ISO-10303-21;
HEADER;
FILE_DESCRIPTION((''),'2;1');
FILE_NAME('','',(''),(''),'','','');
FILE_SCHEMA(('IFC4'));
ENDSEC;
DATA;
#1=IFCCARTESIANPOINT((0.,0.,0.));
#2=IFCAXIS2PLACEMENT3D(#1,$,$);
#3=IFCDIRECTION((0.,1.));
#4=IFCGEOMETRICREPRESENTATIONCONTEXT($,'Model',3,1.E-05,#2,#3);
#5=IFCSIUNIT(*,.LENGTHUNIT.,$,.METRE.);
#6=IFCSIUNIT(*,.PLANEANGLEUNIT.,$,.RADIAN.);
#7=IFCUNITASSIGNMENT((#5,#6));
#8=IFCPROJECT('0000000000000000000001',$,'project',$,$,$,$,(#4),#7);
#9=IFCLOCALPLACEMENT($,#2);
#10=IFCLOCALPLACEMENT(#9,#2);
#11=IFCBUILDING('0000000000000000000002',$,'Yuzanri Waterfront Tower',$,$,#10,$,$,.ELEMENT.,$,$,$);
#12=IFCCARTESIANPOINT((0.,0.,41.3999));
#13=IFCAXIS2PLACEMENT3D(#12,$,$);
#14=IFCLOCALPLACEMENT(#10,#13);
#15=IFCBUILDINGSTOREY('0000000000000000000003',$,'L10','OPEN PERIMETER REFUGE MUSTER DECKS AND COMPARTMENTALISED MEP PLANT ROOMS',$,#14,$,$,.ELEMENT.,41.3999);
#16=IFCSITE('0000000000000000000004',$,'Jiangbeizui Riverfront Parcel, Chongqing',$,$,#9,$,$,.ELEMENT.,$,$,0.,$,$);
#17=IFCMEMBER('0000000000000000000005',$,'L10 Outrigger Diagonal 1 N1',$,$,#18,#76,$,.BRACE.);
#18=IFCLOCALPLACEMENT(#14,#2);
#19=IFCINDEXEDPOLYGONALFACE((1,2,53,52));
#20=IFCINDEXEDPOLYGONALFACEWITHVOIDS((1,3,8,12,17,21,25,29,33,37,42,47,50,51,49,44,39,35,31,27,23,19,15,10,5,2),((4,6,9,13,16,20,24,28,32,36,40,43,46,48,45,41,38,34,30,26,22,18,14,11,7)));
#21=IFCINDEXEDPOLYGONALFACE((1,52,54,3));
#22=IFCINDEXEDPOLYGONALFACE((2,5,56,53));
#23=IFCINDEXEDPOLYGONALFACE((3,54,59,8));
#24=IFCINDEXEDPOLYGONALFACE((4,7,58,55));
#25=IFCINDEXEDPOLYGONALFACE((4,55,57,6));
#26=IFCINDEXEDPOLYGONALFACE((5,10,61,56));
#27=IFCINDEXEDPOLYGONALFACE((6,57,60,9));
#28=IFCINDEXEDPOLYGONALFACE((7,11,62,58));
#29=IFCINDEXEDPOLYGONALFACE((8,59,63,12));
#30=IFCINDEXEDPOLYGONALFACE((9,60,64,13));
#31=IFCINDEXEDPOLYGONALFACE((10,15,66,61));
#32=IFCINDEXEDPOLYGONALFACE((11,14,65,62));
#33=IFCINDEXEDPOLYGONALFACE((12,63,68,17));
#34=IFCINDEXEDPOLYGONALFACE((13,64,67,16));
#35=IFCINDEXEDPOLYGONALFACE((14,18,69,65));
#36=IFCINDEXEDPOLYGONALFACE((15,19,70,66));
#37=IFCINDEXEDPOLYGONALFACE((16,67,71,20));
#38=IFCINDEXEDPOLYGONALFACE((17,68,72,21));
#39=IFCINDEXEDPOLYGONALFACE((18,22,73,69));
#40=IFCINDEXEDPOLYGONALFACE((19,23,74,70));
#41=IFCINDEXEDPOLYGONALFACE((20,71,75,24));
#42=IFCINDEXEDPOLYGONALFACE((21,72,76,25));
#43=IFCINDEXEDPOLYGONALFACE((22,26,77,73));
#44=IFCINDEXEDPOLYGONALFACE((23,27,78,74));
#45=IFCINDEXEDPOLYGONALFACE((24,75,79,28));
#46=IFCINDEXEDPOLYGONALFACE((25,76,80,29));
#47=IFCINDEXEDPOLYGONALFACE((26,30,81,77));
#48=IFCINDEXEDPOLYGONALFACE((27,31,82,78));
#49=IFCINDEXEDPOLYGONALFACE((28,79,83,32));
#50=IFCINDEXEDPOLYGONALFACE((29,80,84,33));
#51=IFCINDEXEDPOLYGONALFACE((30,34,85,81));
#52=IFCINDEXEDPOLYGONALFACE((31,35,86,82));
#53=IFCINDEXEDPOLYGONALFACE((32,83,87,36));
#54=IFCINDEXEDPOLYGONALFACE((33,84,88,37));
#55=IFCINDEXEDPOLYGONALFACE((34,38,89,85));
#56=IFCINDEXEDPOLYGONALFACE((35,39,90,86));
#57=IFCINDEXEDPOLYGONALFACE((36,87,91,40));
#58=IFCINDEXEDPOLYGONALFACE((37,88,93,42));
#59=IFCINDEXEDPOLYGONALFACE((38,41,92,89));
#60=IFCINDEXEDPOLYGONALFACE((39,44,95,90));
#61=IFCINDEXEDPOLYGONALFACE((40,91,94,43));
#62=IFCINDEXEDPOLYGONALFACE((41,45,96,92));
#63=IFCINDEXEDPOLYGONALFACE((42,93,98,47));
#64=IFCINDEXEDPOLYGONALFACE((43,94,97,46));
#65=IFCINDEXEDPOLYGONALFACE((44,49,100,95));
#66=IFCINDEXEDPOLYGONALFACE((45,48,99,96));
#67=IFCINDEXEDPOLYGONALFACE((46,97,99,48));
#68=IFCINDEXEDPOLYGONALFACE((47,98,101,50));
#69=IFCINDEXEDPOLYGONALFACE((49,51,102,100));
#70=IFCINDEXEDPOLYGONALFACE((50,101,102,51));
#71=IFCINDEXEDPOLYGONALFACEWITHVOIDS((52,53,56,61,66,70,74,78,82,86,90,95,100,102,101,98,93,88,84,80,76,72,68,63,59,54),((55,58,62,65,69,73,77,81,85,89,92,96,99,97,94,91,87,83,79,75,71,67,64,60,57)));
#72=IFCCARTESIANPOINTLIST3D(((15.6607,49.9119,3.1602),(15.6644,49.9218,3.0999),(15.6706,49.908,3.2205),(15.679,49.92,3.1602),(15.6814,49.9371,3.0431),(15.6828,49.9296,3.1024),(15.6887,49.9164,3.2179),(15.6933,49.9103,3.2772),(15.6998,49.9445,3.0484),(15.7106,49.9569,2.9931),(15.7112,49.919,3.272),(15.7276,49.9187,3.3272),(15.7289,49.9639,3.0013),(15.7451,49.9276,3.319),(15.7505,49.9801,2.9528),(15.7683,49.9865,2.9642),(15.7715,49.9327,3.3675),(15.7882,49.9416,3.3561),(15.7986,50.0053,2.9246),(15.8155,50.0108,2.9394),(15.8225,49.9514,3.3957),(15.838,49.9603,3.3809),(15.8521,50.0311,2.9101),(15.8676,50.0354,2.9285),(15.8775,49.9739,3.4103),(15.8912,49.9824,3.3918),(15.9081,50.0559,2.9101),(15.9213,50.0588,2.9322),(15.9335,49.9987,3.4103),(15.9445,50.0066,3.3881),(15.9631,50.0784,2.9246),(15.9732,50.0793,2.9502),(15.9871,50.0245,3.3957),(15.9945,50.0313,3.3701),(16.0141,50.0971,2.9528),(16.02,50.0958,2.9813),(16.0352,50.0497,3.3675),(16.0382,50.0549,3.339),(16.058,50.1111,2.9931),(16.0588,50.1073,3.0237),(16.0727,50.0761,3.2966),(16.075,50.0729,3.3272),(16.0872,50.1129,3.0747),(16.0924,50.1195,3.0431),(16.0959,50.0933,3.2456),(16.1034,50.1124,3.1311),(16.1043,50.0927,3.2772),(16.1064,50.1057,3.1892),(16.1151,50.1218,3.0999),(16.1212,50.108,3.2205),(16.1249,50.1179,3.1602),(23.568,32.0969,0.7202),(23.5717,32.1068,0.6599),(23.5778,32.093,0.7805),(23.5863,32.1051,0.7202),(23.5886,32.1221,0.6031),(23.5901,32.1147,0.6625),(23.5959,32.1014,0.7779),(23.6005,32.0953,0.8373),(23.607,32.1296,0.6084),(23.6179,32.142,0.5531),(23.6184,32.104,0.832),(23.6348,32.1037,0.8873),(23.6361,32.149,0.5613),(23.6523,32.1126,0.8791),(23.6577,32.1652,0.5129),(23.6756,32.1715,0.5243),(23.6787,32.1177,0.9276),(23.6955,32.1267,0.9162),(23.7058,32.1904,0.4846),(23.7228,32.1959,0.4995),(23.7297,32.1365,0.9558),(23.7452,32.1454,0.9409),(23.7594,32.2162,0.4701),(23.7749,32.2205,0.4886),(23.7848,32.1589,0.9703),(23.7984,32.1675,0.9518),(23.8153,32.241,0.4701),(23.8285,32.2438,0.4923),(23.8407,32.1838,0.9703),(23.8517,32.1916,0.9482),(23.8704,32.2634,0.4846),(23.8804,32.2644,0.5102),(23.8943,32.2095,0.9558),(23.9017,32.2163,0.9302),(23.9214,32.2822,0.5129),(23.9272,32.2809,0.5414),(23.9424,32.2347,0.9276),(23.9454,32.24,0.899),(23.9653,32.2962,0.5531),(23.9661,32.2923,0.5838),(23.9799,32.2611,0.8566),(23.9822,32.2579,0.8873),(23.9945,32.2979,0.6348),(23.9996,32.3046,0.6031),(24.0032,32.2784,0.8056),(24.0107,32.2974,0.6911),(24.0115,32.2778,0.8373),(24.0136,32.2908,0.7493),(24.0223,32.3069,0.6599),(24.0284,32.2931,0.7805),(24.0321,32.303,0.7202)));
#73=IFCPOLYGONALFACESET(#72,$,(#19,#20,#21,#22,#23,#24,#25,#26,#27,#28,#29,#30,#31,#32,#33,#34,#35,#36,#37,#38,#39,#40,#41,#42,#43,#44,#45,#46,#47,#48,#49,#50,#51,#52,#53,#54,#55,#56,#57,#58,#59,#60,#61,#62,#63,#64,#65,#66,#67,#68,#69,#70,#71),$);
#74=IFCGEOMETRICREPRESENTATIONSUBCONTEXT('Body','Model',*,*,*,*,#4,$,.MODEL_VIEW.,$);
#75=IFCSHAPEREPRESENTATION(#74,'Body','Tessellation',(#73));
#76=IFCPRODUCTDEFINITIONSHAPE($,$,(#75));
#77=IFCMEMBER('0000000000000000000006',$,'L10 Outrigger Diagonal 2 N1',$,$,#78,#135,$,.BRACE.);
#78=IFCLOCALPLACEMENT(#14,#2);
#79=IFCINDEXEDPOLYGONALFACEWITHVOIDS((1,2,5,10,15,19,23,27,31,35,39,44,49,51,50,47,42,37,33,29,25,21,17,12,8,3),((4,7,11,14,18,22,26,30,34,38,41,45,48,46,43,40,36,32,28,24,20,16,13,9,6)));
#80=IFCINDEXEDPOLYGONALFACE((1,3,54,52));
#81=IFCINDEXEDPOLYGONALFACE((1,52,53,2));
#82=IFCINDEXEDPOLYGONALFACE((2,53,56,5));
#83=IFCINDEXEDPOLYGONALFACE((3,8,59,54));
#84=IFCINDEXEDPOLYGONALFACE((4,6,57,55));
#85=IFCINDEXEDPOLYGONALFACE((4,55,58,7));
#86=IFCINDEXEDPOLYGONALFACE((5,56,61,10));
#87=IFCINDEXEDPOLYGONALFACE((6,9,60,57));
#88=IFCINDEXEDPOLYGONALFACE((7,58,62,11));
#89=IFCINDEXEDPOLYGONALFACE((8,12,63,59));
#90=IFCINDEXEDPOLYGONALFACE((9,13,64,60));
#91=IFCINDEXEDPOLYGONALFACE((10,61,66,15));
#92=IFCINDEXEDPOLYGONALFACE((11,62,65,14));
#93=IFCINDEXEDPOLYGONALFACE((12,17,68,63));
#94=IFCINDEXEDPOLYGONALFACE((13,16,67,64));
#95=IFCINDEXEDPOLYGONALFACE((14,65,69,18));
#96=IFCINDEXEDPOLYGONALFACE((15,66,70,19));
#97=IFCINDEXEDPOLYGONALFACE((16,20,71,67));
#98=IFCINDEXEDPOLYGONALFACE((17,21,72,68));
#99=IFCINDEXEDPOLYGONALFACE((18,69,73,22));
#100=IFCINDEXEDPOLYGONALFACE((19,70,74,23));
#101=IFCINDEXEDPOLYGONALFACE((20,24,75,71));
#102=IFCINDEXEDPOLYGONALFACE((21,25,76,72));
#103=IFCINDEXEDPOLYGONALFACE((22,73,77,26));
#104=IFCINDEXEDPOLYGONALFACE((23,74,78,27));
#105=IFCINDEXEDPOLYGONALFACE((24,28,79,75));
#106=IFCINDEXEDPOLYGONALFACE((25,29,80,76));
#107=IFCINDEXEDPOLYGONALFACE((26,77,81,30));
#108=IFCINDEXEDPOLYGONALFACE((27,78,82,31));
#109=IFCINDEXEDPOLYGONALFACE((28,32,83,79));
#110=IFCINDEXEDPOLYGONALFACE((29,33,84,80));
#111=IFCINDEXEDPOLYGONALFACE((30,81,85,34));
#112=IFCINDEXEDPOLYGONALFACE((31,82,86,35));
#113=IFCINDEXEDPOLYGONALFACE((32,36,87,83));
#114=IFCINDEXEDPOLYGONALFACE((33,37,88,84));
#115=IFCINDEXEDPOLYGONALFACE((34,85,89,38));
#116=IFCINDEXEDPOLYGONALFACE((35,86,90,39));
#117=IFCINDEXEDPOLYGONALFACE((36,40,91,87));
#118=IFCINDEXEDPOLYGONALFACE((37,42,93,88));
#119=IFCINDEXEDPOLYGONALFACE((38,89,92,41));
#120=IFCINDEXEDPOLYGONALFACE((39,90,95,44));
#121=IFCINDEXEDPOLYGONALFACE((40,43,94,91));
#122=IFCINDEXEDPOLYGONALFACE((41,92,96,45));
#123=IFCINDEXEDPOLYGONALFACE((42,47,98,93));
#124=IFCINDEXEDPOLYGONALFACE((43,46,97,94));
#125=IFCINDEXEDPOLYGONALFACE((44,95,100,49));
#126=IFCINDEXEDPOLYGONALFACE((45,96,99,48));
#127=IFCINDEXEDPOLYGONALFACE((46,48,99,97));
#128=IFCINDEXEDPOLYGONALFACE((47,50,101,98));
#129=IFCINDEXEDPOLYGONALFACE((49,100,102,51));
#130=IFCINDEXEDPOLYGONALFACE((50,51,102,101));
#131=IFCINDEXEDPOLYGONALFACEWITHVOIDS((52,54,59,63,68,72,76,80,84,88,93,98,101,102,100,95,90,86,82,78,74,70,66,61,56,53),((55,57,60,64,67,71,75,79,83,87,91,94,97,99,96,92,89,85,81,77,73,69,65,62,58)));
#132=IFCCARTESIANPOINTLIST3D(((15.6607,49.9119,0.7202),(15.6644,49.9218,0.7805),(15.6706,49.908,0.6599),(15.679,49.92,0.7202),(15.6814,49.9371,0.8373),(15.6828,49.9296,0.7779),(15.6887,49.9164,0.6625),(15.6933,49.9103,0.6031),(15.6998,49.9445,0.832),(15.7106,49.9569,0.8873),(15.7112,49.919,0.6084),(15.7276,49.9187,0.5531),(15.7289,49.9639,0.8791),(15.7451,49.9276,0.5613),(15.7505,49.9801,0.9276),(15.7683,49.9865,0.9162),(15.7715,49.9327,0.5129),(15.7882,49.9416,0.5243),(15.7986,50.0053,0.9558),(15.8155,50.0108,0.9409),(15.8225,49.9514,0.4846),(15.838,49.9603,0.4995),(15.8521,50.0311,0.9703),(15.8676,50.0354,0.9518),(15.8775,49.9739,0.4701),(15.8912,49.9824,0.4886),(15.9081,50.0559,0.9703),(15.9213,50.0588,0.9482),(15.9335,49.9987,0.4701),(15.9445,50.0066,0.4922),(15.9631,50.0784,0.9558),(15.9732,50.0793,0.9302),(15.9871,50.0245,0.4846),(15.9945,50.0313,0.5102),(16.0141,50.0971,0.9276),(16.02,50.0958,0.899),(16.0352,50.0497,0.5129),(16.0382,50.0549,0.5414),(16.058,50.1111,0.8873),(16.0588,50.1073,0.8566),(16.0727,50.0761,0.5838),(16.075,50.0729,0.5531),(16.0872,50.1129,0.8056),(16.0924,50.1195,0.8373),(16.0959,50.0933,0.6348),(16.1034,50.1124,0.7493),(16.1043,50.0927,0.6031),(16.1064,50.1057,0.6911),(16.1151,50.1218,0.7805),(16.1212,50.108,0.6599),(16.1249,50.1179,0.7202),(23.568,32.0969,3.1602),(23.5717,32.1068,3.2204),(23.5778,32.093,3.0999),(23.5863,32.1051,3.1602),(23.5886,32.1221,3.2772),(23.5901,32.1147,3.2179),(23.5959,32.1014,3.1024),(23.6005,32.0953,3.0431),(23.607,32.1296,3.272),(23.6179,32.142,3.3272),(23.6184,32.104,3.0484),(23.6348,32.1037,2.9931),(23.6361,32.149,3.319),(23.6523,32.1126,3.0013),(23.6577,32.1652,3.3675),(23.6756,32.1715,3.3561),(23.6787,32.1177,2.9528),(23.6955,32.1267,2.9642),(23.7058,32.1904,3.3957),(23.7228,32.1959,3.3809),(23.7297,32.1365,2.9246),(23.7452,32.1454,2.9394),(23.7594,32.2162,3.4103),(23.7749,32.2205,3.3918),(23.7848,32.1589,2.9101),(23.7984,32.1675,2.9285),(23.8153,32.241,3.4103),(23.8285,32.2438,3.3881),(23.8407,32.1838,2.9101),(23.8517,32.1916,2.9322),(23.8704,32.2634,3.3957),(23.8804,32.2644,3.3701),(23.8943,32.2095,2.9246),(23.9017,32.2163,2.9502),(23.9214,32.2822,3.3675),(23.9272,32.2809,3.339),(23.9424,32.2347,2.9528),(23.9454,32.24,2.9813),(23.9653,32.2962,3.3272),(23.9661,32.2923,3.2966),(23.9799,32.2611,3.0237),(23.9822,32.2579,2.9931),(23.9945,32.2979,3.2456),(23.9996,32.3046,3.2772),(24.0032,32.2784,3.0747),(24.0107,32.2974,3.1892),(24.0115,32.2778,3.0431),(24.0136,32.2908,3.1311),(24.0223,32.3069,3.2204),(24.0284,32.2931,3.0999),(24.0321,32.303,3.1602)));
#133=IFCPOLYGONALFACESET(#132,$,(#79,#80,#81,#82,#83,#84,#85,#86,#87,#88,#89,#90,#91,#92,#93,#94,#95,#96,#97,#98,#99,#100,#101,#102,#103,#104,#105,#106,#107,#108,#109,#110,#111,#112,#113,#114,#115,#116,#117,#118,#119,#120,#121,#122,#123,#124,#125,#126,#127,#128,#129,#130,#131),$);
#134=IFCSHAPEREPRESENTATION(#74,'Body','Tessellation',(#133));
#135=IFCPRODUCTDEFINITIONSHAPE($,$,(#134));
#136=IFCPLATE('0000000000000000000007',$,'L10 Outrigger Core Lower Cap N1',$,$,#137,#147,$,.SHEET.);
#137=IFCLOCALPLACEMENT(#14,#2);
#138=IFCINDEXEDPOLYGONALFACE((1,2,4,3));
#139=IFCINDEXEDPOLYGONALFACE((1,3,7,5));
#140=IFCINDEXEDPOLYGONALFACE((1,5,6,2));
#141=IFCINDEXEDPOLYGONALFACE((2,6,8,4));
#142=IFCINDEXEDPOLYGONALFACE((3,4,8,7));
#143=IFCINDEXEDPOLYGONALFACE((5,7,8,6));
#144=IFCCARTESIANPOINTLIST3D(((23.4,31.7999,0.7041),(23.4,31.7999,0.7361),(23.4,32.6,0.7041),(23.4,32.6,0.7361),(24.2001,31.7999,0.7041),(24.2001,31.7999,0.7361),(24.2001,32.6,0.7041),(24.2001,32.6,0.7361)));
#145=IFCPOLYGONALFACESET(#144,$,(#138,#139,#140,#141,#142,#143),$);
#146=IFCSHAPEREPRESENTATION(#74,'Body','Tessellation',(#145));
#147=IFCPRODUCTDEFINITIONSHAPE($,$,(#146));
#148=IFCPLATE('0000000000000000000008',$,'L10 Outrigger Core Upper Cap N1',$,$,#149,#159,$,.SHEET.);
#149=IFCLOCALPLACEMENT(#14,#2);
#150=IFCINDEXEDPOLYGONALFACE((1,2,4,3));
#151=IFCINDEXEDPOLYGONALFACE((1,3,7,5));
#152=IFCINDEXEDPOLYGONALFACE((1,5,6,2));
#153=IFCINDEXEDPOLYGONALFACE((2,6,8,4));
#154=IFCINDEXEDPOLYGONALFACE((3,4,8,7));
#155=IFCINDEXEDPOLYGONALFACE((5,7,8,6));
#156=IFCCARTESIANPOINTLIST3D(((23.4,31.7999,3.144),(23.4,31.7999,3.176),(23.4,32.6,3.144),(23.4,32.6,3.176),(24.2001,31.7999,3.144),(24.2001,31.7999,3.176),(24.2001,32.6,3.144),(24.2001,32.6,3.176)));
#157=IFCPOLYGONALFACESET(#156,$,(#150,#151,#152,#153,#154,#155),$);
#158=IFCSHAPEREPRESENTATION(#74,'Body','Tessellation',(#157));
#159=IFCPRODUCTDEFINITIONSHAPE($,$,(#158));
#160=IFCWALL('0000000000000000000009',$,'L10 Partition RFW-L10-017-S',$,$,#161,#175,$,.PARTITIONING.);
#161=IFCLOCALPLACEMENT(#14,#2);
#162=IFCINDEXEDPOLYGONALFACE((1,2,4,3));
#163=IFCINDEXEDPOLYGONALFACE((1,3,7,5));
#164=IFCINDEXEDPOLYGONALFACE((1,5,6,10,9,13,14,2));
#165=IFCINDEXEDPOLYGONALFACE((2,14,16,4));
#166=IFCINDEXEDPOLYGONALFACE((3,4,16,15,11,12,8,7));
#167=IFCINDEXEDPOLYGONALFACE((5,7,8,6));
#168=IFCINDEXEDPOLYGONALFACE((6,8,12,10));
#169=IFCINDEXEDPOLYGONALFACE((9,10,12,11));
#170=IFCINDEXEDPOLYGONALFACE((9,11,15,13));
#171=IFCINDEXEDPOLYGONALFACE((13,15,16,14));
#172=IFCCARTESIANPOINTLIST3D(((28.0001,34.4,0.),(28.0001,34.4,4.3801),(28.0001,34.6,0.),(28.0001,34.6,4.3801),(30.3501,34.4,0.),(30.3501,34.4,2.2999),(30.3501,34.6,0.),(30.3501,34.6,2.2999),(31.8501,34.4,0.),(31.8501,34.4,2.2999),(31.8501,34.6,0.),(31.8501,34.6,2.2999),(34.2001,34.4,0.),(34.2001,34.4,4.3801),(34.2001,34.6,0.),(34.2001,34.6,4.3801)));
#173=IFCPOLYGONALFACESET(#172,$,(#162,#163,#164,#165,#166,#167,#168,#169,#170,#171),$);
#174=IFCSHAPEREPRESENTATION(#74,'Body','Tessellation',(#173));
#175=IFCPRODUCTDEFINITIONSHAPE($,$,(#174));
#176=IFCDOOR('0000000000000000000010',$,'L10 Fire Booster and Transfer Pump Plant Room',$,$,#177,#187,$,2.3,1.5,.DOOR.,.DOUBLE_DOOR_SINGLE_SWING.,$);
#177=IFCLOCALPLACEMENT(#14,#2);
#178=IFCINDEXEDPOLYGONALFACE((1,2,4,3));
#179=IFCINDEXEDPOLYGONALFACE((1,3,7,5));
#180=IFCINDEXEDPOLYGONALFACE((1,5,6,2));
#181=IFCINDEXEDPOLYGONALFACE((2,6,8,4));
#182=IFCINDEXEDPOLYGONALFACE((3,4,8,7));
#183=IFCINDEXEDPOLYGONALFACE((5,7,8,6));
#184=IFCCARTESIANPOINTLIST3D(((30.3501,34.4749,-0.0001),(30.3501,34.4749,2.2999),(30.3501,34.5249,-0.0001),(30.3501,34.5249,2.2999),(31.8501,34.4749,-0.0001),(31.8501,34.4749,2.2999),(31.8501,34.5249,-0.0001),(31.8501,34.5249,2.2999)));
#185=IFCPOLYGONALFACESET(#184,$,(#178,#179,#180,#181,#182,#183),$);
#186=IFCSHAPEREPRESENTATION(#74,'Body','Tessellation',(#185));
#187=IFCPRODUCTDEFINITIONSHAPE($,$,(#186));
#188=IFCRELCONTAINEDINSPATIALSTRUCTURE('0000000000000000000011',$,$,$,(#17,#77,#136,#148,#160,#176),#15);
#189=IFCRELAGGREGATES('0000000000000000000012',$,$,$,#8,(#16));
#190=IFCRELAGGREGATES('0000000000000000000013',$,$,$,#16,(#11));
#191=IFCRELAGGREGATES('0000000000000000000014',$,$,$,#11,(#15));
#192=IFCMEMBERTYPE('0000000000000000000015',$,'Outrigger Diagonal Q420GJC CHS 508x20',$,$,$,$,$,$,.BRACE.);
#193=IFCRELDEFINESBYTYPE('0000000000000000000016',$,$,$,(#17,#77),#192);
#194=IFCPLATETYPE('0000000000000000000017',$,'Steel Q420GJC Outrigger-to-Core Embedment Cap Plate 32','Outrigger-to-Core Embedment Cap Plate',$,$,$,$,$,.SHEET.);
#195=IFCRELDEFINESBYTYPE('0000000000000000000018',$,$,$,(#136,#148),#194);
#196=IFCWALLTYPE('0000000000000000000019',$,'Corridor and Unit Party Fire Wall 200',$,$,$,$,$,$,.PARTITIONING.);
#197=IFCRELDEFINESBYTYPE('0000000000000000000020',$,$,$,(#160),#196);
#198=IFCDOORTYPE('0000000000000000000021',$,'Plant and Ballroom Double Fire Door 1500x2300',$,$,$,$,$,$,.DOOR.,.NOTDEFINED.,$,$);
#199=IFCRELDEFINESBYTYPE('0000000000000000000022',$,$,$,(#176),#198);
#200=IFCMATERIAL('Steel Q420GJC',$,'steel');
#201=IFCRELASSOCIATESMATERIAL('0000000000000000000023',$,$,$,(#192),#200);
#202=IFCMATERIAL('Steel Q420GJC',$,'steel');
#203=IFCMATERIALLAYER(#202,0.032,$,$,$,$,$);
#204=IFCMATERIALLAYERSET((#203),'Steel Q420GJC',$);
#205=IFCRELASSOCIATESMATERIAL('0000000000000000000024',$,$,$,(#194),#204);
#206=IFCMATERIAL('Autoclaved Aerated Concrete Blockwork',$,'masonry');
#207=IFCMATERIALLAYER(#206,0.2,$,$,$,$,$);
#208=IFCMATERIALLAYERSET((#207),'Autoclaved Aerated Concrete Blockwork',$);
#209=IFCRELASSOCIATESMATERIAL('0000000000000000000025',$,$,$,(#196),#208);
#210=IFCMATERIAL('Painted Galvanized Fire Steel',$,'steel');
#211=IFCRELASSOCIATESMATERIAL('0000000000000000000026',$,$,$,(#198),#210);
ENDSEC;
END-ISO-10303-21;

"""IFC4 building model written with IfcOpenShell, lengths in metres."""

from ifc_helpers import new_model, si_unit, direction, frame, frame_2d, origin, origin_2d, place, context, subcontext, project, spatial, rectangle, hollow_circle, extrude, source, transform, mapped, material, layer, layer_set, material_profile, profile_set, type_object, element, fill, save


model = new_model("IFC4")

# Units and contexts
model_context = context("Model", 3, precision=1e-05, world=origin(), true_north=direction((0.0, 1.0)))
body_context = subcontext(model_context, "Body", "Model", "MODEL_VIEW")
ifc_project = project(units=[si_unit("LENGTHUNIT", "METRE"), si_unit("PLANEANGLEUNIT", "RADIAN")], contexts=[model_context])

# Site, building, storey
site_placement = place(None, origin())
site = spatial("IfcSite", under=ifc_project, at=site_placement, Name="Jiangbeizui Riverfront Parcel, Chongqing", CompositionType="ELEMENT", RefElevation=0.0)
building_placement = place(site_placement, origin())
building = spatial("IfcBuilding", under=site, at=building_placement, Name="Yuzanri Waterfront Tower", CompositionType="ELEMENT")
storey_placement = place(building_placement, frame((0.0, 0.0, 41.3999)))
storey = spatial("IfcBuildingStorey", under=building, at=storey_placement, Name="L10", Description="OPEN PERIMETER REFUGE MUSTER DECKS AND COMPARTMENTALISED MEP PLANT ROOMS", CompositionType="ELEMENT", Elevation=41.3999)

# Members
ifc_material_1 = material(Name="Steel Q420GJC", Category="steel")
ifc_material_profile_1 = material_profile(ifc_material_1, hollow_circle(Radius=0.2539, WallThickness=0.02, at=origin_2d()), Name="CHS 508x20")
ifc_profile_set_1 = profile_set([ifc_material_profile_1], Name="Steel Q420GJC")
member_type_1 = type_object("IfcMemberType", Name="Outrigger Diagonal Q420GJC CHS 508x20", PredefinedType="BRACE", material=ifc_profile_set_1)
shared_shape_1 = source(origin(), body_context, "Body", "SweptSolid", [
    extrude(hollow_circle(Radius=0.2539, WallThickness=0.02, at=origin_2d()), origin(), (0.0, 0.0, 1.0), 19.6431),
])
for number, where, z_axis, x_axis, name in (
    (1, (23.8, 32.2, 0.7202), (-0.402546, 0.906933, 0.124214), (-0.914012, -0.405687, 0.0), "L10 Outrigger Diagonal 1 N1"),
    (2, (23.8, 32.2, 3.1602), (-0.402546, 0.906933, -0.124214), (-0.914012, -0.405687, 0.0), "L10 Outrigger Diagonal 2 N1"),
):
    element("IfcMember", number, at=place(storey_placement, frame(where, z_axis=z_axis, x_axis=x_axis)), inside=storey, type_object=member_type_1, Name=name, PredefinedType="BRACE", context=body_context, shape_type="MappedRepresentation", body=[
        mapped(shared_shape_1, transform((0.0, 0.0, 0.0), scale=1.0)),
    ])

# Plates
ifc_material_2 = material(Name="Steel Q420GJC", Category="steel")
ifc_layer_1 = layer(ifc_material_2, 0.032)
ifc_layer_set_1 = layer_set([ifc_layer_1], Name="Steel Q420GJC")
plate_type = type_object("IfcPlateType", Name="Steel Q420GJC Outrigger-to-Core Embedment Cap Plate 32", Description="Outrigger-to-Core Embedment Cap Plate", PredefinedType="SHEET", material=ifc_layer_set_1)
shared_shape_2 = source(origin(), body_context, "Body", "SweptSolid", [
    extrude(rectangle(XDim=0.8, YDim=0.8, at=origin_2d()), origin(), (0.0, 0.0, 1.0), 0.032),
])
for number, where, z_axis, x_axis, name in (
    (3, (23.8, 32.2, 0.7041), (0.0, 0.0, 1.0), (1.0, 0.0, 0.0), "L10 Outrigger Core Lower Cap N1"),
    (4, (23.8, 32.2, 3.144), (0.0, 0.0, 1.0), (1.0, 0.0, 0.0), "L10 Outrigger Core Upper Cap N1"),
):
    element("IfcPlate", number, at=place(storey_placement, frame(where, z_axis=z_axis, x_axis=x_axis)), inside=storey, type_object=plate_type, Name=name, PredefinedType="SHEET", context=body_context, shape_type="MappedRepresentation", body=[
        mapped(shared_shape_2, transform((0.0, 0.0, 0.0), scale=1.0)),
    ])

# Wall, opening, door
ifc_material_3 = material(Name="Autoclaved Aerated Concrete Blockwork", Category="masonry")
ifc_layer_2 = layer(ifc_material_3, 0.2)
ifc_layer_set_2 = layer_set([ifc_layer_2], Name="Autoclaved Aerated Concrete Blockwork")
wall_type = type_object("IfcWallType", Name="Corridor and Unit Party Fire Wall 200", PredefinedType="PARTITIONING", material=ifc_layer_set_2)
wall_1_placement = place(storey_placement, frame((28.0, 34.5, 0.0), z_axis=(0.0, 0.0, 1.0), x_axis=(1.0, 0.0, 0.0)))
wall_1 = element("IfcWall", 5, at=wall_1_placement, inside=storey, type_object=wall_type, Name="L10 Partition RFW-L10-017-S", PredefinedType="PARTITIONING", context=body_context, shape_type="SweptSolid", body=[
    extrude(rectangle(XDim=6.2, YDim=0.2, at=frame_2d((3.1001, 0.0))), origin(), (0.0, 0.0, 1.0), 4.3801),
])
opening_1_placement = place(wall_1_placement, frame((2.3501, 0.0, 0.0)))
opening_1 = element("IfcOpeningElement", 6, at=opening_1_placement, cuts=wall_1, PredefinedType="OPENING", context=body_context, shape_type="SweptSolid", body=[
    extrude(rectangle(XDim=1.5, YDim=2.3, at=frame_2d((0.75, 1.1499))), frame((0.0, 0.1147, 0.0), z_axis=(0.0, -1.0, 0.0), x_axis=(1.0, 0.0, 0.0)), (0.0, 0.0, 1.0), 0.2297),
])
ifc_material_4 = material(Name="Painted Galvanized Fire Steel", Category="steel")
door_type = type_object("IfcDoorType", Name="Plant and Ballroom Double Fire Door 1500x2300", OperationType="NOTDEFINED", PredefinedType="DOOR", material=ifc_material_4)
shared_shape_3 = source(origin(), body_context, "Body", "SweptSolid", [
    extrude(rectangle(XDim=1.5, YDim=2.3, at=frame_2d((0.75, 1.1499))), frame((0.0, 0.0249, 0.0), z_axis=(0.0, -1.0, 0.0), x_axis=(1.0, 0.0, 0.0)), (0.0, 0.0, 1.0), 0.05),
])
door_1_placement = place(opening_1_placement, origin())
door_1 = element("IfcDoor", 7, at=door_1_placement, inside=storey, type_object=door_type, Name="L10 Fire Booster and Transfer Pump Plant Room", OperationType="DOUBLE_DOOR_SINGLE_SWING", OverallHeight=2.3, OverallWidth=1.5, PredefinedType="DOOR", context=body_context, shape_type="MappedRepresentation", body=[
    mapped(shared_shape_3, transform((0.0, 0.0, 0.0), scale=1.0)),
])
fill(opening_1, door_1)

save(model, "model.ifc")
